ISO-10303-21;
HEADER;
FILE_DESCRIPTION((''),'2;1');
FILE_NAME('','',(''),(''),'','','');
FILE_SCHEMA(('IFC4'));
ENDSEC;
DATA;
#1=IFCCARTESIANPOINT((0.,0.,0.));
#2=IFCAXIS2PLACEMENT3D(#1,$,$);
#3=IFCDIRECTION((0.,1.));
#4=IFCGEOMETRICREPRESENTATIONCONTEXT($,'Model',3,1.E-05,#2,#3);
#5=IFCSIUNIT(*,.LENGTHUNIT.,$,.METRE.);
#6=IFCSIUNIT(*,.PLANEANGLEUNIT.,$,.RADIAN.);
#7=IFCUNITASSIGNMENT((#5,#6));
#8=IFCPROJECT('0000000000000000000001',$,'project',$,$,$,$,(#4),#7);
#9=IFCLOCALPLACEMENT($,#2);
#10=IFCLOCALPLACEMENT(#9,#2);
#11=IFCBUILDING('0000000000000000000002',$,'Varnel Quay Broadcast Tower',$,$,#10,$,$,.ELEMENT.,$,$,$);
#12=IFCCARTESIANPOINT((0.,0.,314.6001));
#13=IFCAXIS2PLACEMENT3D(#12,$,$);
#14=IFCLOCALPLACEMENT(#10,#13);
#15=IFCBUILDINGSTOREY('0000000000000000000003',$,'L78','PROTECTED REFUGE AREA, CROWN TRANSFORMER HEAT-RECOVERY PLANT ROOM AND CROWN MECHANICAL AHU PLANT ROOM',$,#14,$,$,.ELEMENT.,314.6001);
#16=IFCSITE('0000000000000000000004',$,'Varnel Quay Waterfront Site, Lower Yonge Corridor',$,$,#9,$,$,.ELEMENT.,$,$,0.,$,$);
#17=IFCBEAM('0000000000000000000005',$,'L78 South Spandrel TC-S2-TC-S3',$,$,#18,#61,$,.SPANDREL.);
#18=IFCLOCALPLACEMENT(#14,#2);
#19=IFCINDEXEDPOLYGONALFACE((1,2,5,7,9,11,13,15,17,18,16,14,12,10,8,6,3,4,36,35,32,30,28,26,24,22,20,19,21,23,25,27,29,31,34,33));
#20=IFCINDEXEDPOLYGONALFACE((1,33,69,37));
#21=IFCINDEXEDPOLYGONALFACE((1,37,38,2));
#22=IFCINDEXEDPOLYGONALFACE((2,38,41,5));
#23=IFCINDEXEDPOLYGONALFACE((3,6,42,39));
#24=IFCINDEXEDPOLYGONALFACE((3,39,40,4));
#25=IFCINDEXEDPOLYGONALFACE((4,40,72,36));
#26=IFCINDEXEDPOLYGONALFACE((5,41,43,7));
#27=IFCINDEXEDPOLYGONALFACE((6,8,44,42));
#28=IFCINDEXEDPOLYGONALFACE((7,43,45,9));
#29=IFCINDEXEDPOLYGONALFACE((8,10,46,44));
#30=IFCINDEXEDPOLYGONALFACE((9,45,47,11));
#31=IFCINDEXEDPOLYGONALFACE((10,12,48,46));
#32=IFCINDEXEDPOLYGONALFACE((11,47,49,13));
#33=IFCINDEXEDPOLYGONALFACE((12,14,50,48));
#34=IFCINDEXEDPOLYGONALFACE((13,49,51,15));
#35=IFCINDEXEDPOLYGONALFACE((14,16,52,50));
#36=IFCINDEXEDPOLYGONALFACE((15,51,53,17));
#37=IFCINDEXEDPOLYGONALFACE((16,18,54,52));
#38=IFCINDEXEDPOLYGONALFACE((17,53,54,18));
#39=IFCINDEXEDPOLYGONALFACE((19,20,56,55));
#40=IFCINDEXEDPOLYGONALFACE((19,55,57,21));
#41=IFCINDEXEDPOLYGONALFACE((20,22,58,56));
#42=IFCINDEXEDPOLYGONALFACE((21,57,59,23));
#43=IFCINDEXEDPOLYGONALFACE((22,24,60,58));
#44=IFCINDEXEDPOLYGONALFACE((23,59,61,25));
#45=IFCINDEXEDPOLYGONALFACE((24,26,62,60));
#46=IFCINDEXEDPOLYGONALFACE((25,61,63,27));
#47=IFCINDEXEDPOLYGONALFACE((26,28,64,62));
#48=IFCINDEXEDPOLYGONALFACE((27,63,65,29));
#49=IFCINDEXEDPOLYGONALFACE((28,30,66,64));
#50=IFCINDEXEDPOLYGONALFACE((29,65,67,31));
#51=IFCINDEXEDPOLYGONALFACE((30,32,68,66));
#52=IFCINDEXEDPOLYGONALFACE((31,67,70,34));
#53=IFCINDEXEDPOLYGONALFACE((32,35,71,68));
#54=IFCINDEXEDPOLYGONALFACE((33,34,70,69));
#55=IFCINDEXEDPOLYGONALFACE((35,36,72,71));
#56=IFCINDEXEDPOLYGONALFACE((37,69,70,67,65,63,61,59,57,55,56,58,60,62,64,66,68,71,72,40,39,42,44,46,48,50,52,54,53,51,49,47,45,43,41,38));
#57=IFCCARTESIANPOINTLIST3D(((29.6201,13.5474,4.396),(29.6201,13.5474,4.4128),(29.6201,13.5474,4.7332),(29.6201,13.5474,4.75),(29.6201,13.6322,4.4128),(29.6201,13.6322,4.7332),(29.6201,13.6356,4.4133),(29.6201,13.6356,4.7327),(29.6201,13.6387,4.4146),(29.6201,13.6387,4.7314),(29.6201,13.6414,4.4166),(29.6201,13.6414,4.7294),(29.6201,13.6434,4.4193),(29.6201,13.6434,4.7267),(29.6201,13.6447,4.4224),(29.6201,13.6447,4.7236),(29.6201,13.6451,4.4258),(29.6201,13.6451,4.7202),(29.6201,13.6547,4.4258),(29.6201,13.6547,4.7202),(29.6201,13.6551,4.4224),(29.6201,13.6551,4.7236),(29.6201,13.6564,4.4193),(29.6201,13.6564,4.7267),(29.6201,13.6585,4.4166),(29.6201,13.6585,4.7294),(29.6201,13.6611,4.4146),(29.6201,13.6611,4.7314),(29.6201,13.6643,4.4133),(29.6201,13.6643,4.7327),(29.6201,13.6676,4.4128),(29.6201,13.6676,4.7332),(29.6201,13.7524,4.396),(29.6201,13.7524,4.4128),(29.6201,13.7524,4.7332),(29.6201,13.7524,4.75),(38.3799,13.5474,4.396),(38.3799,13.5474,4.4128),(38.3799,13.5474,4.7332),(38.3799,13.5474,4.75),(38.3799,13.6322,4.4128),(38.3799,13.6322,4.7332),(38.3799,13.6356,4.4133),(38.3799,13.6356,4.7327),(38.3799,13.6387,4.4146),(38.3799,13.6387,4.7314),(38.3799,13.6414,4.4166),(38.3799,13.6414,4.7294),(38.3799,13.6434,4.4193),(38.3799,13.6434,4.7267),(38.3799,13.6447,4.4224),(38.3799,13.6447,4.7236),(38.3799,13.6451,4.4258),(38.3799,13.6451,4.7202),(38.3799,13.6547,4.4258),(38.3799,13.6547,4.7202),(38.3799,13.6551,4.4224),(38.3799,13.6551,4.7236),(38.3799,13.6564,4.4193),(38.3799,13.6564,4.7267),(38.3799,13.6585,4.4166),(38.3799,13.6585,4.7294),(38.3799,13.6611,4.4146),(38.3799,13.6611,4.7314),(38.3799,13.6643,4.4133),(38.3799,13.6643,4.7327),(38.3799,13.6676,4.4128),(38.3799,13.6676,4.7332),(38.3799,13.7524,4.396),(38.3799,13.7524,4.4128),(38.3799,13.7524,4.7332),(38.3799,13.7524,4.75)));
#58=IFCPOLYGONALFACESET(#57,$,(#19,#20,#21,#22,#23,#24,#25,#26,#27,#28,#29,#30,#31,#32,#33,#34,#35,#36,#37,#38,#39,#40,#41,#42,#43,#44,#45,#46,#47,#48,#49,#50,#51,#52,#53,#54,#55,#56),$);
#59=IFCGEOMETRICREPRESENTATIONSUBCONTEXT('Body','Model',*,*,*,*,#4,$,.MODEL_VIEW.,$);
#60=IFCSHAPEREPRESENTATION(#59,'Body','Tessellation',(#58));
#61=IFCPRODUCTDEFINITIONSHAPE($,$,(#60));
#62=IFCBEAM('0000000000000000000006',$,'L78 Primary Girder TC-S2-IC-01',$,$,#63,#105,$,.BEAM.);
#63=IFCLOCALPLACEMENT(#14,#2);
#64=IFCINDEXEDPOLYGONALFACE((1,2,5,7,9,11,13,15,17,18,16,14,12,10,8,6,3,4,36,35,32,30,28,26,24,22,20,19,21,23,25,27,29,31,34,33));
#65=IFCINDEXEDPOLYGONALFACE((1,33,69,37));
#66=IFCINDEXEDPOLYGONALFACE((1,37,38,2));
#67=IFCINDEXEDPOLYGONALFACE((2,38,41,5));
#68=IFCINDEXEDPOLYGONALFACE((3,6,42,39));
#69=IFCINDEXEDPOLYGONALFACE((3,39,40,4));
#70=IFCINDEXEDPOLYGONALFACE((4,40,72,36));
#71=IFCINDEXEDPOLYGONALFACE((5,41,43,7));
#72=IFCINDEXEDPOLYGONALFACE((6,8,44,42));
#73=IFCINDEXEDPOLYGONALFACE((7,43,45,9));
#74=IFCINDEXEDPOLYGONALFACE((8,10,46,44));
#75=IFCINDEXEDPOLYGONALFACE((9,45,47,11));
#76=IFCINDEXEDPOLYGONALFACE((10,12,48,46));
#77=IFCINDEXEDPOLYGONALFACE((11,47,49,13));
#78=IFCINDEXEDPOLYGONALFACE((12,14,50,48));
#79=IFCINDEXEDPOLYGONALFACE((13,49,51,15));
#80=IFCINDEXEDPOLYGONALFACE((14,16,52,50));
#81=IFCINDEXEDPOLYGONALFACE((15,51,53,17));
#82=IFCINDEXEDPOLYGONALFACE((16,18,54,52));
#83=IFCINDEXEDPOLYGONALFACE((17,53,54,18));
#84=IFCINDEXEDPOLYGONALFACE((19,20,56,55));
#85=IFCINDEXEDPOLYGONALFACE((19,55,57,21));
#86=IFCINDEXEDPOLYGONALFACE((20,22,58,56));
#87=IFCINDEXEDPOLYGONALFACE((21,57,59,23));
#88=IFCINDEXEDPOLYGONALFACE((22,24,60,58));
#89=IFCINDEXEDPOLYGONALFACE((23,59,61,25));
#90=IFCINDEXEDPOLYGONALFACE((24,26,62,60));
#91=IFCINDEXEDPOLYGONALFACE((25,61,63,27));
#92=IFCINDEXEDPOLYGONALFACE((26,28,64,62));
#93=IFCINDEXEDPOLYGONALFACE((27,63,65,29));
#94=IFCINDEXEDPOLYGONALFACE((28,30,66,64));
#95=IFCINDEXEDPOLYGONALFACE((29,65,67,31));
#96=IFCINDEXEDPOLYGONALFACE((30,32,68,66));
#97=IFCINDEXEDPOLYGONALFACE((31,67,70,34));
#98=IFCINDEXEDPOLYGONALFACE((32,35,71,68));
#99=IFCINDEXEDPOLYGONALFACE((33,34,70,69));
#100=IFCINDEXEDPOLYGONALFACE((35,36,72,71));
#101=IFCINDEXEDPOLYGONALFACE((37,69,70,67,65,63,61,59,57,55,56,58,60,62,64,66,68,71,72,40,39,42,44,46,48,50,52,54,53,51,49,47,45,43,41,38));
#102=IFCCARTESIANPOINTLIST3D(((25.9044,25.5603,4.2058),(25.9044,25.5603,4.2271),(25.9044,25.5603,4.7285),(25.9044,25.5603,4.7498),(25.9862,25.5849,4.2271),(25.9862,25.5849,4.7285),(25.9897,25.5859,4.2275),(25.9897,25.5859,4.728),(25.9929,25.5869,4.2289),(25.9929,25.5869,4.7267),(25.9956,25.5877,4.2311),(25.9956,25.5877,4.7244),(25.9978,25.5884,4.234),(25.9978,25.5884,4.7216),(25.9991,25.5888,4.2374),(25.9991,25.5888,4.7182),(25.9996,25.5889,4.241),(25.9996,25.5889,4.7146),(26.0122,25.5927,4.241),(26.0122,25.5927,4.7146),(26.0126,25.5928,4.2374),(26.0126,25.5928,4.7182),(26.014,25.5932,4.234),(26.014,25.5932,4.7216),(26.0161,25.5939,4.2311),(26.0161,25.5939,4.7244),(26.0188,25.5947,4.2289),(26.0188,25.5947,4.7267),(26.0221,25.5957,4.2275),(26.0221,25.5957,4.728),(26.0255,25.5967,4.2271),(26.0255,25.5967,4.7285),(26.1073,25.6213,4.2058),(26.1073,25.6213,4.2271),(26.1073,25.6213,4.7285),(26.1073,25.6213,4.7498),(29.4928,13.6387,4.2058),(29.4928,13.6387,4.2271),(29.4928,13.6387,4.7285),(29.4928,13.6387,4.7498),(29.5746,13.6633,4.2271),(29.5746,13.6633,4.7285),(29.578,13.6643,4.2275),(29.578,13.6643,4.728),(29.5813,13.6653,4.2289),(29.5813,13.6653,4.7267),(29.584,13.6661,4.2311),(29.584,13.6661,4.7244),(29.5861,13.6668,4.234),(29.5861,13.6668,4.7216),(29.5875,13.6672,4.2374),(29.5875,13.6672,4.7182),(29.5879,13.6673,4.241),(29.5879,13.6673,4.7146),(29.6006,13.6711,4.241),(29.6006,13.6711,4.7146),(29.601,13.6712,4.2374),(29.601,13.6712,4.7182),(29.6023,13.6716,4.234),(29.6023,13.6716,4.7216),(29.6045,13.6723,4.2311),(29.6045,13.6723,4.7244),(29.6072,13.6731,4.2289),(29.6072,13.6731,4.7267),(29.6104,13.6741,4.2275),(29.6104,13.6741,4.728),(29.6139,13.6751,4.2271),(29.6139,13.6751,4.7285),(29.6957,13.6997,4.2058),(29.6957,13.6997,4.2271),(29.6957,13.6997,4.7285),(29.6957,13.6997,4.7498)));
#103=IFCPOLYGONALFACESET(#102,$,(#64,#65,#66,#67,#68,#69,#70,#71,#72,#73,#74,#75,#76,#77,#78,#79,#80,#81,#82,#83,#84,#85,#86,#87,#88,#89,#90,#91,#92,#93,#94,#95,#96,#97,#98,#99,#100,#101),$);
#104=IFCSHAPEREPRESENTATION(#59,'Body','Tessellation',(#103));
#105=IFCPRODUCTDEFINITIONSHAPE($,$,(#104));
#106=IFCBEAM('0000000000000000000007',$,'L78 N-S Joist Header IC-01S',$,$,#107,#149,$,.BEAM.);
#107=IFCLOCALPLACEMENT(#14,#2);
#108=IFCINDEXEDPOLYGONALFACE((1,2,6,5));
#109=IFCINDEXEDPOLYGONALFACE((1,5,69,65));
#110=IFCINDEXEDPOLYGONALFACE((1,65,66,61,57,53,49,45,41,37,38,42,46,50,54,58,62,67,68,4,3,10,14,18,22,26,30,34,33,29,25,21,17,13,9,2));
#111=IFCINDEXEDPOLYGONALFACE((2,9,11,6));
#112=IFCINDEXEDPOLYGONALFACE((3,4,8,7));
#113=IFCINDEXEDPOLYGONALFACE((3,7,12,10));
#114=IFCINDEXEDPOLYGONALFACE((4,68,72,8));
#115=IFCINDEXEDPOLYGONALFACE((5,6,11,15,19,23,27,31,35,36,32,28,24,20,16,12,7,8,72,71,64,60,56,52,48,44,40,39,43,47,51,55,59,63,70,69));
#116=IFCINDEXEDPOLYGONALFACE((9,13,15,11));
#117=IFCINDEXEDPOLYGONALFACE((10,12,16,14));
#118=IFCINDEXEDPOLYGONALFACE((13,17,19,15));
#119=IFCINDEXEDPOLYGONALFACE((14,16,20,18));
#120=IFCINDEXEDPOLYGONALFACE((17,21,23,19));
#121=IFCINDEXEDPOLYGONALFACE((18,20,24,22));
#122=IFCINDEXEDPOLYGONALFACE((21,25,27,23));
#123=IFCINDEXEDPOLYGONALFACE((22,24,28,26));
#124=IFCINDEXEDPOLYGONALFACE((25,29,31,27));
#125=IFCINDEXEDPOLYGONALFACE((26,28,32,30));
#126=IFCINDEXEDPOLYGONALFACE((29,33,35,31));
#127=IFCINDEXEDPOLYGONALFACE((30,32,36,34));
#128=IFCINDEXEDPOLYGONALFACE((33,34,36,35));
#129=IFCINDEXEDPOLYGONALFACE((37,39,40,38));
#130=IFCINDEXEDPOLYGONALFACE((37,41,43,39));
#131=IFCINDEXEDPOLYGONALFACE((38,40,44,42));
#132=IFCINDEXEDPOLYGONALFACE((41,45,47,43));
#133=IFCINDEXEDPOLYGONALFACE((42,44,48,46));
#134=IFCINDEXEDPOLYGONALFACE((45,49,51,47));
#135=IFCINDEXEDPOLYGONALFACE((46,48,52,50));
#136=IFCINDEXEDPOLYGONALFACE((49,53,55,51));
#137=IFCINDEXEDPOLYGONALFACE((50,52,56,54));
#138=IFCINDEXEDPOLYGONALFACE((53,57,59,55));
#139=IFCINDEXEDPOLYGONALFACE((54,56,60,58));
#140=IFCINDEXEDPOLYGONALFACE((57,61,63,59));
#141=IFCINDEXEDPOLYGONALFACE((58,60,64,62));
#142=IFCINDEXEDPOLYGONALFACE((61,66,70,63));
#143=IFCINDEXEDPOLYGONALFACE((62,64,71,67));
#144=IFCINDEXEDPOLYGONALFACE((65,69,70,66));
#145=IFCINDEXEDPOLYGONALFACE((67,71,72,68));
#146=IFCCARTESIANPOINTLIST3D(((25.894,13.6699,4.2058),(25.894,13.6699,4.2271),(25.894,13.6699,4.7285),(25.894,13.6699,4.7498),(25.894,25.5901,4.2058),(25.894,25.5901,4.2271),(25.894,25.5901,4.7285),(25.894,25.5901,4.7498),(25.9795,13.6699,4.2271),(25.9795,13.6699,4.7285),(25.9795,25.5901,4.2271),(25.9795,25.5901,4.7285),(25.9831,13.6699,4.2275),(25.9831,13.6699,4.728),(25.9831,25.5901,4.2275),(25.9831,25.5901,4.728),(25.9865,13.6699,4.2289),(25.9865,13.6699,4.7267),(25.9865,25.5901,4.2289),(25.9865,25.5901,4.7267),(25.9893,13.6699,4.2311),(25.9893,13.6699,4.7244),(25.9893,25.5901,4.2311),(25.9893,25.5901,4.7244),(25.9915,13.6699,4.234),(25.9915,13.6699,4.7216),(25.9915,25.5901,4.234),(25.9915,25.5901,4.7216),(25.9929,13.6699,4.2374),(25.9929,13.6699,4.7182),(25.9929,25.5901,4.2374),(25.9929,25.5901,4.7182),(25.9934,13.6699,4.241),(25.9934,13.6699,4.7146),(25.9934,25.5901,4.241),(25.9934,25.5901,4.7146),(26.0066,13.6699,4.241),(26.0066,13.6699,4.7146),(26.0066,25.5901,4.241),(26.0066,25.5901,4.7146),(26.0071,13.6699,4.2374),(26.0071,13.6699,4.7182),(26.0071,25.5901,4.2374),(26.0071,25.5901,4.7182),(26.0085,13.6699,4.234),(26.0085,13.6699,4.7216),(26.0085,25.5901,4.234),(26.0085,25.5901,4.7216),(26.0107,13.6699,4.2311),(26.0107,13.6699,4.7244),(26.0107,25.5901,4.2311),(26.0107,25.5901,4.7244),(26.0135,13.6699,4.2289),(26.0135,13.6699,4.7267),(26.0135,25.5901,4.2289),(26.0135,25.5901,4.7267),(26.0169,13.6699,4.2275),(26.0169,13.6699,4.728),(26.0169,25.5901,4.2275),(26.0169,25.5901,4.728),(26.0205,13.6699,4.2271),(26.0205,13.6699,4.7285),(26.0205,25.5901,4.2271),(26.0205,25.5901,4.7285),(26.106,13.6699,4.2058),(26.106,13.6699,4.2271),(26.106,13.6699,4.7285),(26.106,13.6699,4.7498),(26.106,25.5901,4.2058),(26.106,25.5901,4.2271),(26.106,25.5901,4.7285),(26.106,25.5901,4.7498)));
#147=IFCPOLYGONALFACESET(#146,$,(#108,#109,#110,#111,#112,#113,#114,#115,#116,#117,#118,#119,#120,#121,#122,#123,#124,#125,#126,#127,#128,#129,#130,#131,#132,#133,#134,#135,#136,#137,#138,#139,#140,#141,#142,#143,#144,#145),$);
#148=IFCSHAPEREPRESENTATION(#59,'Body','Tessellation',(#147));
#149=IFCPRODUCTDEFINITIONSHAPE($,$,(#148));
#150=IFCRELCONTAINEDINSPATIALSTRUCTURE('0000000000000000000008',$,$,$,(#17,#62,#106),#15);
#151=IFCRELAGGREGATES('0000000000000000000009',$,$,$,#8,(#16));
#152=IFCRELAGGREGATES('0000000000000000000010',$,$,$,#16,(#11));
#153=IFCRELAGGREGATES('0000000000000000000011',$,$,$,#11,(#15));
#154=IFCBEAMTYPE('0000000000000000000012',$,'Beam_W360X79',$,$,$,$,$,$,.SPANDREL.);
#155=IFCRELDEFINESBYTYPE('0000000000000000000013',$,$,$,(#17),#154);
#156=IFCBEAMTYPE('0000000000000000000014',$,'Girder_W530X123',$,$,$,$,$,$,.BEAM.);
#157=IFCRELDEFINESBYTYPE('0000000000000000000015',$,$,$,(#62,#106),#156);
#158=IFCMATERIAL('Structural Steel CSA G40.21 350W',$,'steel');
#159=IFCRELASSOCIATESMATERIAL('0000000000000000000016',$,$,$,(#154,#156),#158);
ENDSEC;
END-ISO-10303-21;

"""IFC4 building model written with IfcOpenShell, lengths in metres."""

from ifc_helpers import new_model, si_unit, direction, frame, origin, origin_2d, place, context, subcontext, project, spatial, i_section, extrude, source, transform, mapped, material, material_profile, profile_set, type_object, type_shapes, element, save


model = new_model("IFC4")

# Units and contexts
model_context = context("Model", 3, precision=1e-05, world=origin(), true_north=direction((0.0, 1.0)))
body_context = subcontext(model_context, "Body", "Model", "MODEL_VIEW")
ifc_project = project(units=[si_unit("LENGTHUNIT", "METRE"), si_unit("PLANEANGLEUNIT", "RADIAN")], contexts=[model_context])

# Site, building, storey
site_placement = place(None, origin())
site = spatial("IfcSite", under=ifc_project, at=site_placement, Name="Varnel Quay Waterfront Site, Lower Yonge Corridor", CompositionType="ELEMENT", RefElevation=0.0)
building_placement = place(site_placement, origin())
building = spatial("IfcBuilding", under=site, at=building_placement, Name="Varnel Quay Broadcast Tower", CompositionType="ELEMENT")
storey_placement = place(building_placement, frame((0.0, 0.0, 314.6001)))
storey = spatial("IfcBuildingStorey", under=building, at=storey_placement, Name="L78", Description="PROTECTED REFUGE AREA, CROWN TRANSFORMER HEAT-RECOVERY PLANT ROOM AND CROWN MECHANICAL AHU PLANT ROOM", CompositionType="ELEMENT", Elevation=314.6001)

# Shared definitions
ifc_material_1 = material(Name="Structural Steel CSA G40.21 350W", Category="steel")

# Beams
ifc_material_profile_1 = material_profile(ifc_material_1, i_section(OverallWidth=0.2051, OverallDepth=0.354, WebThickness=0.0095, FlangeThickness=0.0168, FilletRadius=0.0129, at=origin_2d()), Name="W360X79")
ifc_profile_set_1 = profile_set([ifc_material_profile_1], Name="Structural Steel CSA G40.21 350W")
beam_type_1 = type_object("IfcBeamType", Name="Beam_W360X79", PredefinedType="SPANDREL", material=ifc_profile_set_1)
shared_shape_1 = source(origin(), body_context, "Body", "SweptSolid", [
    extrude(i_section(OverallWidth=0.2051, OverallDepth=0.354, WebThickness=0.0095, FlangeThickness=0.0168, FilletRadius=0.0129, at=origin_2d()), origin(), (0.0, 0.0, 1.0), 8.7598),
])
beam_1_placement = place(storey_placement, frame((29.6201, 13.6499, 4.573), z_axis=(1.0, 0.0, 0.0), x_axis=(0.0, 1.0, 0.0)))
element("IfcBeam", 1, at=beam_1_placement, inside=storey, type_object=beam_type_1, Name="L78 South Spandrel TC-S2-TC-S3", PredefinedType="SPANDREL", context=body_context, shape_type="MappedRepresentation", body=[
    mapped(shared_shape_1, transform((0.0, 0.0, 0.0), x_axis=(1.0, 0.0, 0.0), y_axis=(0.0, 1.0, 0.0), z_axis=(0.0, 0.0, 1.0), scale=1.0)),
])
ifc_material_profile_2 = material_profile(ifc_material_1, i_section(OverallWidth=0.2119, OverallDepth=0.5439, WebThickness=0.0132, FlangeThickness=0.0212, FilletRadius=0.0139, at=origin_2d()), Name="W530X123")
ifc_profile_set_2 = profile_set([ifc_material_profile_2], Name="Structural Steel CSA G40.21 350W")
beam_type_2 = type_object("IfcBeamType", Name="Girder_W530X123", PredefinedType="BEAM", material=ifc_profile_set_2)
shared_shape_2 = source(origin(), body_context, "Body", "SweptSolid", [
    extrude(i_section(OverallWidth=0.2119, OverallDepth=0.5439, WebThickness=0.0132, FlangeThickness=0.0212, FilletRadius=0.0139, at=origin_2d()), origin(), (0.0, 0.0, 1.0), 12.45),
])
beam_2_placement = place(storey_placement, frame((29.5942, 13.6692, 4.4778), z_axis=(-0.288224, 0.957563, 0.0), x_axis=(-0.957563, -0.288224, 0.0)))
element("IfcBeam", 2, at=beam_2_placement, inside=storey, type_object=beam_type_2, Name="L78 Primary Girder TC-S2-IC-01", PredefinedType="BEAM", context=body_context, shape_type="MappedRepresentation", body=[
    mapped(shared_shape_2, transform((0.0, 0.0, 0.0), x_axis=(1.0, 0.0, 0.0), y_axis=(0.0, 1.0, 0.0), z_axis=(0.0, 0.0, 1.0), scale=1.0)),
])
shared_shape_3 = source(origin(), body_context, "Body", "SweptSolid", [
    extrude(i_section(OverallWidth=0.2119, OverallDepth=0.5439, WebThickness=0.0132, FlangeThickness=0.0212, FilletRadius=0.0139, at=origin_2d()), origin(), (0.0, 0.0, 1.0), 11.9202),
])
type_shapes(beam_type_2, [shared_shape_2, shared_shape_3])
beam_3_placement = place(storey_placement, frame((26.0, 13.6699, 4.4778), z_axis=(0.0, 1.0, 0.0), x_axis=(-1.0, 0.0, 0.0)))
element("IfcBeam", 3, at=beam_3_placement, inside=storey, type_object=beam_type_2, Name="L78 N-S Joist Header IC-01S", PredefinedType="BEAM", context=body_context, shape_type="MappedRepresentation", body=[
    mapped(shared_shape_3, transform((0.0, 0.0, 0.0), x_axis=(1.0, 0.0, 0.0), y_axis=(0.0, 1.0, 0.0), z_axis=(0.0, 0.0, 1.0), scale=1.0)),
])

save(model, "model.ifc")
